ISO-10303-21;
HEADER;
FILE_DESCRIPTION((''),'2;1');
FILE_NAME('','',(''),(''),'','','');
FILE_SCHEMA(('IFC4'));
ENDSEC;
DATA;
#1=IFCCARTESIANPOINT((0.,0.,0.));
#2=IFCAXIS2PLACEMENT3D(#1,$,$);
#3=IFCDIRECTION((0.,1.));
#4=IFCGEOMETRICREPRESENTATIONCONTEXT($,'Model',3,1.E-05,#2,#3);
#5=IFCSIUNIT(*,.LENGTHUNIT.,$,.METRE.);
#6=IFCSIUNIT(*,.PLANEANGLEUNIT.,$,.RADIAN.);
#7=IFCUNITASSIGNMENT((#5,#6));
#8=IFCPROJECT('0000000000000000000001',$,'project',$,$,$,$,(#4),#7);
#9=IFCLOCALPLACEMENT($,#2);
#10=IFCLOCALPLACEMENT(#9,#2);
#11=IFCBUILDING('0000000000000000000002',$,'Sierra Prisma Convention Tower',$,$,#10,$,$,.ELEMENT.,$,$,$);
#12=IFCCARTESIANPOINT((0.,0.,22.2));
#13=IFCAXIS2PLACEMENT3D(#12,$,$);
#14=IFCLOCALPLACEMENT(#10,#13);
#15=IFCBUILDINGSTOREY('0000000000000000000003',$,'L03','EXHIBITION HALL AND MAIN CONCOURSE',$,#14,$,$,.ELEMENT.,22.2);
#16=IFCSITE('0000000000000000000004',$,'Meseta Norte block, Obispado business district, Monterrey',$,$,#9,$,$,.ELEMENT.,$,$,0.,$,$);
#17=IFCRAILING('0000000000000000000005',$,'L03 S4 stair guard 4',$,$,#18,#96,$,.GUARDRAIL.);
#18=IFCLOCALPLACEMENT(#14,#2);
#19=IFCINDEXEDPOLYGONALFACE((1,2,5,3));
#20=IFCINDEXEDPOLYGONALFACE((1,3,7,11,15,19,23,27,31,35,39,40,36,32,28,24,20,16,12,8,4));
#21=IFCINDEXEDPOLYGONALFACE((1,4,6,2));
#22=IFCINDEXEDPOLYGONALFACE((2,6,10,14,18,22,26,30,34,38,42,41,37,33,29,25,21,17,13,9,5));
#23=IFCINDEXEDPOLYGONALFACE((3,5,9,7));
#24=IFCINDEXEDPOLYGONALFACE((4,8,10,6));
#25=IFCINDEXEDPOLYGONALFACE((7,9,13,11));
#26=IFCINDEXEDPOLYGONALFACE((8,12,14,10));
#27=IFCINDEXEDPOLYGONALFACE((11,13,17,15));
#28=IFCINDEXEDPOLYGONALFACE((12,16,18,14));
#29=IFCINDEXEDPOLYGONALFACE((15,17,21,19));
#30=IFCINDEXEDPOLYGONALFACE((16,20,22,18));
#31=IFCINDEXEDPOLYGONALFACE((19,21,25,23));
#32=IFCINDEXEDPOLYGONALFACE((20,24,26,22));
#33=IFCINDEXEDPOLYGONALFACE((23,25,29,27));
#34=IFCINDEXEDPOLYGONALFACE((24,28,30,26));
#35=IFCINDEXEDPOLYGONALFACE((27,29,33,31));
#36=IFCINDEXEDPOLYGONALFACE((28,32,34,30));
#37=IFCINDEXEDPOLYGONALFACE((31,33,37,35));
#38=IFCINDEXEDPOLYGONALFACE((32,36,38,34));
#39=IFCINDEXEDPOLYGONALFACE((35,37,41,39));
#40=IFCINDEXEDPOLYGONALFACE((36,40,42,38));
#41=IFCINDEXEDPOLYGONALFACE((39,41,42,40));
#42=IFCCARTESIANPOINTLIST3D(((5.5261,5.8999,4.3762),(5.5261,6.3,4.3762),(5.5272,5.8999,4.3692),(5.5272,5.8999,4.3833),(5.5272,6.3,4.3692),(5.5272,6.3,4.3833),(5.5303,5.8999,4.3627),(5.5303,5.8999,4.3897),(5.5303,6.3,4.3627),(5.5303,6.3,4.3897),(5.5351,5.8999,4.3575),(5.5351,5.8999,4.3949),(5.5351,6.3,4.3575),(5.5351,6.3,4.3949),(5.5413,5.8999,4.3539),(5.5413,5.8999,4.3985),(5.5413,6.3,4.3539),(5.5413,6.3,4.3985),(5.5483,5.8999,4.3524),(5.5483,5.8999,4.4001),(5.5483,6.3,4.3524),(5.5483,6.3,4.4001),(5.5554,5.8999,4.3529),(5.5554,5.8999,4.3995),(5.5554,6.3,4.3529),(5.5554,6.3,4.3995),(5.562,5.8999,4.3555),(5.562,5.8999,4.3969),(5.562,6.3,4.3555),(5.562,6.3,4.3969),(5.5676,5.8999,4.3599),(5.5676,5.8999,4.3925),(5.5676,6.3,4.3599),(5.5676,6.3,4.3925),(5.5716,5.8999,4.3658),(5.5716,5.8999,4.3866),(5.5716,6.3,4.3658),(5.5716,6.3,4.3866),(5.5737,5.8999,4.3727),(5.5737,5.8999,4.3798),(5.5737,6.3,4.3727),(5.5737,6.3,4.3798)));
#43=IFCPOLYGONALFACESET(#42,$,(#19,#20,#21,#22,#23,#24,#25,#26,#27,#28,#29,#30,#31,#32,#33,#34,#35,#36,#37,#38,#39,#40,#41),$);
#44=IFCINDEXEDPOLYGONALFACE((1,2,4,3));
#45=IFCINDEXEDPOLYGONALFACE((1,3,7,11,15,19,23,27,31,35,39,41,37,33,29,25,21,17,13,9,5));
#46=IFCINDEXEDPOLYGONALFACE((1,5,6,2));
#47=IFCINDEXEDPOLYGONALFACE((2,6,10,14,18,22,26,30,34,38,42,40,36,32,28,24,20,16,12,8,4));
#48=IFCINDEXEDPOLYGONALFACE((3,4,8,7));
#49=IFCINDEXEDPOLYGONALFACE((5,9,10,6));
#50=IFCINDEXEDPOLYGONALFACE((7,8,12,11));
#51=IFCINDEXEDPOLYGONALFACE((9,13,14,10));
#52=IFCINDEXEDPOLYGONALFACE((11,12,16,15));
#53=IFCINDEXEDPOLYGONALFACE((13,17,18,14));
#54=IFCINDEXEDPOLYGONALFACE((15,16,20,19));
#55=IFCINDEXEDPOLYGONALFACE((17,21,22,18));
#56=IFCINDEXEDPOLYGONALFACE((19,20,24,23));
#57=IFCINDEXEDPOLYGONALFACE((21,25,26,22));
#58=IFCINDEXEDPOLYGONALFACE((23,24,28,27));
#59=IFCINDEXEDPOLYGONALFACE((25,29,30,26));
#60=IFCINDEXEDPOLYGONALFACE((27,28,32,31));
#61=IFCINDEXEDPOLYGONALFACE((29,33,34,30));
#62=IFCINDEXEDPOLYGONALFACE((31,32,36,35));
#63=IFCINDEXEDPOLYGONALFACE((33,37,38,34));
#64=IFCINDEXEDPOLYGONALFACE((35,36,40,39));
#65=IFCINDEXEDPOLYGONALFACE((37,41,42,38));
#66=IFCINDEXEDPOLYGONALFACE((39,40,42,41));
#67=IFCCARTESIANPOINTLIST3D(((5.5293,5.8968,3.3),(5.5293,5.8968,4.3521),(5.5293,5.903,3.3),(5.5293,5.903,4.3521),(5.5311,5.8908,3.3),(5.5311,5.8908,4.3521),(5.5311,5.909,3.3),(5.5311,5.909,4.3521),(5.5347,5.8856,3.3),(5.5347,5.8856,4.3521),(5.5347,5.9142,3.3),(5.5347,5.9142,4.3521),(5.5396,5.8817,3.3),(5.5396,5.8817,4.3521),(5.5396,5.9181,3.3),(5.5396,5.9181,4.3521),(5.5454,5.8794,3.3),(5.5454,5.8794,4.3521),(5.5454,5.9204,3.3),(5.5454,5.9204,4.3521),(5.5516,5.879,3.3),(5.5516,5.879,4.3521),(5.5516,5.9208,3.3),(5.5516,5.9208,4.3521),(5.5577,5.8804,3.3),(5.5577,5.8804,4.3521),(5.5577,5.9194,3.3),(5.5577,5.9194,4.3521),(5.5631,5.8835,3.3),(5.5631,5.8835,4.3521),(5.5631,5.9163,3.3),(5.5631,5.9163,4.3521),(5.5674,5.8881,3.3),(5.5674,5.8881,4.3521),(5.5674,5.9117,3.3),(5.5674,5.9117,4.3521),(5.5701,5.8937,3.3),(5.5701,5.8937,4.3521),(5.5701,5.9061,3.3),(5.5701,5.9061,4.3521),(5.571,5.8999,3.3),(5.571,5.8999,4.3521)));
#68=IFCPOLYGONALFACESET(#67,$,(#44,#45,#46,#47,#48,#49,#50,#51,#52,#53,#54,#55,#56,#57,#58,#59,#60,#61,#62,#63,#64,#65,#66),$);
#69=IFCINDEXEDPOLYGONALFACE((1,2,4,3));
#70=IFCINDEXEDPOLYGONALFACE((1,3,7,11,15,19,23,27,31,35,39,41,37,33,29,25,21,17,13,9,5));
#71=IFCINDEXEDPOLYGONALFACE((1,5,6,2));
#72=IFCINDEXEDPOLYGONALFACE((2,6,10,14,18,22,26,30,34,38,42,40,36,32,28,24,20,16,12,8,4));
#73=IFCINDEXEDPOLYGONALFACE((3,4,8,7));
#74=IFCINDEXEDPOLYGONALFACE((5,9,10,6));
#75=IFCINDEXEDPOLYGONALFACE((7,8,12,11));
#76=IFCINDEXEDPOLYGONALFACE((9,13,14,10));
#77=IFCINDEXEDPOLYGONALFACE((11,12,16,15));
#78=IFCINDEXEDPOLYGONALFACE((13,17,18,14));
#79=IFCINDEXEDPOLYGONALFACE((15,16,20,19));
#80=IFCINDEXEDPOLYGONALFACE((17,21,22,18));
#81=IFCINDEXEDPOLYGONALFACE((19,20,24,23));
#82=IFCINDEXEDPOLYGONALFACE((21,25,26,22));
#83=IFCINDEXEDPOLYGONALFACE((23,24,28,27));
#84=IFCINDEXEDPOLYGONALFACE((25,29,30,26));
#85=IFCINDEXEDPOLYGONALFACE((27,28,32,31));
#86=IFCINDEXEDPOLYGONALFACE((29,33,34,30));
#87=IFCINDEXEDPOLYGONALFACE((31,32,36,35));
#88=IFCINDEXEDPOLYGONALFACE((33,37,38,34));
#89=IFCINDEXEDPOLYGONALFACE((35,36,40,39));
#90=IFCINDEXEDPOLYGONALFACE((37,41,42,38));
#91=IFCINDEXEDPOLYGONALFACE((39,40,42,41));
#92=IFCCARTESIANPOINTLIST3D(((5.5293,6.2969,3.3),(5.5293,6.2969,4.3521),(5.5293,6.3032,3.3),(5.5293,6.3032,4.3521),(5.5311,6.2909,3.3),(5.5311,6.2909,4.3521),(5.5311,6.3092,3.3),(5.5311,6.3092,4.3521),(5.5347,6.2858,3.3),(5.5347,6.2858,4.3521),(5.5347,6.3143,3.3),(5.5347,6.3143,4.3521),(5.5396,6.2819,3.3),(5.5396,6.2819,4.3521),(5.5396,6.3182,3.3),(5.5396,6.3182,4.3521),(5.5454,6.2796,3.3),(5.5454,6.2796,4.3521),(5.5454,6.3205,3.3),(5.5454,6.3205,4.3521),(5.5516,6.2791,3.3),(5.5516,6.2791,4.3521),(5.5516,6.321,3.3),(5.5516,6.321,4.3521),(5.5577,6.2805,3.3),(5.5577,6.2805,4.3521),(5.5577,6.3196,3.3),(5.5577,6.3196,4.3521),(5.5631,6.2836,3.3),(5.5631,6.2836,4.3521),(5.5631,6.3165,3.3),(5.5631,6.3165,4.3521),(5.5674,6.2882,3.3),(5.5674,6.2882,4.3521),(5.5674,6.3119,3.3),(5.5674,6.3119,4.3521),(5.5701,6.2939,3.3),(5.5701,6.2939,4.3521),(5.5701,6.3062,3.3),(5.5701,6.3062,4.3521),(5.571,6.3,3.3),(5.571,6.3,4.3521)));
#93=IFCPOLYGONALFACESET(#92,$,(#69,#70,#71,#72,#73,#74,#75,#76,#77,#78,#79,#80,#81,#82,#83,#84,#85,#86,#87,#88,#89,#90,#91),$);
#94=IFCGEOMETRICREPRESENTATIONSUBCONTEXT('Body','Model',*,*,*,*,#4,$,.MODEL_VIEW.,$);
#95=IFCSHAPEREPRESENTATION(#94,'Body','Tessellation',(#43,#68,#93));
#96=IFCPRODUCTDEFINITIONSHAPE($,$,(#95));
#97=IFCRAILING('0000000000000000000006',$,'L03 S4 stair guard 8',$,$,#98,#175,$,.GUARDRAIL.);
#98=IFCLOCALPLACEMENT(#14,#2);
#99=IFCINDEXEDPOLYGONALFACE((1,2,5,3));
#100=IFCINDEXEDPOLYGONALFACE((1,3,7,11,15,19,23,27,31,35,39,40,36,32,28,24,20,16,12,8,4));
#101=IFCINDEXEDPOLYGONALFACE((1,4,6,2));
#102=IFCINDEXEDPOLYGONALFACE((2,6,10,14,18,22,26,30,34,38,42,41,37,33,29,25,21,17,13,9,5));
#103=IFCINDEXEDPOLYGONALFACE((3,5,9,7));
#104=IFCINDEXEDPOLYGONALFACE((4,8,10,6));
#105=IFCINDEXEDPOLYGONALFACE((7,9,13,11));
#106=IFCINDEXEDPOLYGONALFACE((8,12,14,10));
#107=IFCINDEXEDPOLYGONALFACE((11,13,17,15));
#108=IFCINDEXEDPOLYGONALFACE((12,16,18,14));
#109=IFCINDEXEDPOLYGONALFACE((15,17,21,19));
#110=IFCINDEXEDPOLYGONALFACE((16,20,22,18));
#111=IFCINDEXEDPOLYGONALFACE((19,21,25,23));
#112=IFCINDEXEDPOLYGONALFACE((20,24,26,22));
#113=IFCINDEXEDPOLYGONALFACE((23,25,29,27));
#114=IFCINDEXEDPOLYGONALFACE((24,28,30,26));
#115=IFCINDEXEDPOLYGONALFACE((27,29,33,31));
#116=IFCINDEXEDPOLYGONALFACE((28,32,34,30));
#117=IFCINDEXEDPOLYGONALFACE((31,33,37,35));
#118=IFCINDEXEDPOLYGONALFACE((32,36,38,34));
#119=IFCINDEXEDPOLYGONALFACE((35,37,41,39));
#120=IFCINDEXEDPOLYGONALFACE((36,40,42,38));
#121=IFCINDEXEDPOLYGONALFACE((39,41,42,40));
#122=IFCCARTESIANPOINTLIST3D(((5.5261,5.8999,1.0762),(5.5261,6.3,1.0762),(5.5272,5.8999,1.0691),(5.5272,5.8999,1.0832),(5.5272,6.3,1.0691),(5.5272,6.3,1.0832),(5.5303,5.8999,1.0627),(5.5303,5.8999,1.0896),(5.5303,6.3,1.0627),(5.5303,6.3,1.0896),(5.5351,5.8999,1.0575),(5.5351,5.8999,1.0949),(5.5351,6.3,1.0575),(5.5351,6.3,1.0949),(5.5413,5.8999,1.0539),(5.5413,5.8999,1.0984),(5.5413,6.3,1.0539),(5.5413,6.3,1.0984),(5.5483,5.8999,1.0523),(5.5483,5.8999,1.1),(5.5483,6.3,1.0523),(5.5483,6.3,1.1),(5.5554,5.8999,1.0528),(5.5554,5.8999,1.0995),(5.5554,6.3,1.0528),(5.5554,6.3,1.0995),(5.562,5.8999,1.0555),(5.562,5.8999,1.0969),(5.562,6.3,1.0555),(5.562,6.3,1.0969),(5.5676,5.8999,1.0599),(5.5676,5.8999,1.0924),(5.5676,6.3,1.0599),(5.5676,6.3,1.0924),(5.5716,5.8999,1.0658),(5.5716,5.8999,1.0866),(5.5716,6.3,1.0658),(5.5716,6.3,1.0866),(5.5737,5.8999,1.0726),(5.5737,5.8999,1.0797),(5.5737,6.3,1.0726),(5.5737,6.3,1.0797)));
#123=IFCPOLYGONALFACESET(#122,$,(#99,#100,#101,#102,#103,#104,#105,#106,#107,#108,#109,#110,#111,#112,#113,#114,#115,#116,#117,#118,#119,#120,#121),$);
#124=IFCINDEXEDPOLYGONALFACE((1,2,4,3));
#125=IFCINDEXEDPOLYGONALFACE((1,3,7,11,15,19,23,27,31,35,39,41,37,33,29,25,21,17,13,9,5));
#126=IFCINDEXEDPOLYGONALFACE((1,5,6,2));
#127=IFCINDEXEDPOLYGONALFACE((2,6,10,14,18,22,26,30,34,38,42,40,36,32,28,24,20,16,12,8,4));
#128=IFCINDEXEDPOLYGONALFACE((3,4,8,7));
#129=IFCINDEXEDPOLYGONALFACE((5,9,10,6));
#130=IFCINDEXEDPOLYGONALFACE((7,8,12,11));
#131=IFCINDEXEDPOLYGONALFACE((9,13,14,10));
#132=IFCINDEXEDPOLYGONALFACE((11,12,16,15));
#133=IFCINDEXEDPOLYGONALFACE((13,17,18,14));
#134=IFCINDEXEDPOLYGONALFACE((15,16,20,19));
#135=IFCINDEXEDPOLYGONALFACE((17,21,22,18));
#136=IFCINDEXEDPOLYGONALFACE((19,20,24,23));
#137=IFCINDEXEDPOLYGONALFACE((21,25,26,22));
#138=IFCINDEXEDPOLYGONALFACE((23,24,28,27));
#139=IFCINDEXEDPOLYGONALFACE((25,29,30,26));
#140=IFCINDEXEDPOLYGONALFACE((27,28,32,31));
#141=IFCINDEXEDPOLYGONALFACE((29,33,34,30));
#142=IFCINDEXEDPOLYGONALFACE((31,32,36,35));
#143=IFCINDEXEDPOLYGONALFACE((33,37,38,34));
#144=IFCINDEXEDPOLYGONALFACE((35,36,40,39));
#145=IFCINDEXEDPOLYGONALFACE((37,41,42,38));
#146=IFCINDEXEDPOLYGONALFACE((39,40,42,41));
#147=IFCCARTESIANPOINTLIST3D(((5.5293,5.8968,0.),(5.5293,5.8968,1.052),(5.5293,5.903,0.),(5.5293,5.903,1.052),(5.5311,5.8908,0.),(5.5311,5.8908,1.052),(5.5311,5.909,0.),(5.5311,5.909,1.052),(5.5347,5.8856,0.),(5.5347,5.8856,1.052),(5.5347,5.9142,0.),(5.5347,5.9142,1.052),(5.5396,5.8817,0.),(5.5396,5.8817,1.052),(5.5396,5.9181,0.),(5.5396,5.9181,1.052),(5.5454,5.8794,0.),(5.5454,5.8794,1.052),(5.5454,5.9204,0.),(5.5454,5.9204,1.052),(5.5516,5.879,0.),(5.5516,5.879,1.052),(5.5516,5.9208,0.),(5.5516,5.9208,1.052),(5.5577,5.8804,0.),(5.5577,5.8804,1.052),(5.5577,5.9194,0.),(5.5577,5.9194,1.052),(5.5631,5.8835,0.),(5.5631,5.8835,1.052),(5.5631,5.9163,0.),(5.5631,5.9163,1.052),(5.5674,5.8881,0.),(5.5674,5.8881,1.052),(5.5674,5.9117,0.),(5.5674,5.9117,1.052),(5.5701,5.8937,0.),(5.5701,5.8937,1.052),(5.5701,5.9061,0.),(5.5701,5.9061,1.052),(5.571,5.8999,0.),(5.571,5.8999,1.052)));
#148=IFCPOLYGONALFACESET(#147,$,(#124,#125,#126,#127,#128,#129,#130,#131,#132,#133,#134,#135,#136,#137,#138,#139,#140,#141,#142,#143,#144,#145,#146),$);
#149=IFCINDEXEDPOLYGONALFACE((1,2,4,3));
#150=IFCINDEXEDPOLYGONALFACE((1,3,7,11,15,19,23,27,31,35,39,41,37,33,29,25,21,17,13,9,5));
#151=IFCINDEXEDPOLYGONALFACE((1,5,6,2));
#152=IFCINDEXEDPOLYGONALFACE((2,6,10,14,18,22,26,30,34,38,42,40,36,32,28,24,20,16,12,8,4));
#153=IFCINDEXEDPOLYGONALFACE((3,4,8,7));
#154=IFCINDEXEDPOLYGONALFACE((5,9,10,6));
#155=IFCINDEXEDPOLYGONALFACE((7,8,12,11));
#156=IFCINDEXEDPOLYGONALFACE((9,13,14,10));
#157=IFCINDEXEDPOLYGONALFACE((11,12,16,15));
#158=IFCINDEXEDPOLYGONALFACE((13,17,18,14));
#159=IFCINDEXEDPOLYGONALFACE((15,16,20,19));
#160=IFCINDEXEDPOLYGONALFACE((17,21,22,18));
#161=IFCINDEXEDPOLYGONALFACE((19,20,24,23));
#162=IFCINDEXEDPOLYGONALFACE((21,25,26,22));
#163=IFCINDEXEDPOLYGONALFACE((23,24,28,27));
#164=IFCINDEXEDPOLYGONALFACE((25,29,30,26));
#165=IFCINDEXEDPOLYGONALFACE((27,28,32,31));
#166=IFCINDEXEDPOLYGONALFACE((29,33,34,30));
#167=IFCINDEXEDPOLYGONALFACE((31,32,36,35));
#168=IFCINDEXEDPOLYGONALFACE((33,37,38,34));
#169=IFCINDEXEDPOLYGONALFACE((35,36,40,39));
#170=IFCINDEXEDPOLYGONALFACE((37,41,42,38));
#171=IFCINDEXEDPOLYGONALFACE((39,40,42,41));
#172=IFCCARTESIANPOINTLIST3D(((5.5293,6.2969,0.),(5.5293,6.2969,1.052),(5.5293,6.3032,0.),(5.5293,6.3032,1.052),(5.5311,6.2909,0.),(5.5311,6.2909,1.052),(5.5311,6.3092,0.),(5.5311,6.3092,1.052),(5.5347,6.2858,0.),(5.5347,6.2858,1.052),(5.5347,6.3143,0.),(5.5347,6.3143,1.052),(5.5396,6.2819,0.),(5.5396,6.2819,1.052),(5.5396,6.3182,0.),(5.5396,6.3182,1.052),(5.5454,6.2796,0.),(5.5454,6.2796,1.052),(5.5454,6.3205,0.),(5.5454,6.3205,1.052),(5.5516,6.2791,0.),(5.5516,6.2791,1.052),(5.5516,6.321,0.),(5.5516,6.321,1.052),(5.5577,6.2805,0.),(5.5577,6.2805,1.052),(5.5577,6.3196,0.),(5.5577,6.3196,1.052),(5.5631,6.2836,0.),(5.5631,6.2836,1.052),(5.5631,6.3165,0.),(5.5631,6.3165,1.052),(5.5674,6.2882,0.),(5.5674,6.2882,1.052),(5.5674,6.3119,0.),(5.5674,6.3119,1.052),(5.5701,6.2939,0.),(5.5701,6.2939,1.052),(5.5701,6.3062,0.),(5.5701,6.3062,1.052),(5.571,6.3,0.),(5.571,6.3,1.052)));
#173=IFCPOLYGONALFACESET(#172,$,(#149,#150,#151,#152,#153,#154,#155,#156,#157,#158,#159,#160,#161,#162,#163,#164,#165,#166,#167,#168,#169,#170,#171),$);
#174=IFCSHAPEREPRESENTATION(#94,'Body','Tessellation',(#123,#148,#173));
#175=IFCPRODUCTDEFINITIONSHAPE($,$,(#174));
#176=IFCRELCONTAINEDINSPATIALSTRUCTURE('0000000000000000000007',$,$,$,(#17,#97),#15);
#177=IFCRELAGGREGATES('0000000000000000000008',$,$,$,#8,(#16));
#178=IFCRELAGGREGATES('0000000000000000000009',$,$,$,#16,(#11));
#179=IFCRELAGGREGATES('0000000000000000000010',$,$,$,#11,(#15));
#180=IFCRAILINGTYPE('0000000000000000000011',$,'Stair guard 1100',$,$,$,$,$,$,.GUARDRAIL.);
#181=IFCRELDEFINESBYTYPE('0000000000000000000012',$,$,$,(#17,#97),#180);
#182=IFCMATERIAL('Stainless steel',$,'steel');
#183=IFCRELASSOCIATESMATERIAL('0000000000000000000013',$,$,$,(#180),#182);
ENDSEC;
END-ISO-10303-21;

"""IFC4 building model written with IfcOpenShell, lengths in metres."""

from ifc_helpers import new_model, si_unit, direction, frame, origin, origin_2d, place, context, subcontext, project, spatial, circle, extrude, material, type_object, element, save


model = new_model("IFC4")

# Units and contexts
model_context = context("Model", 3, precision=1e-05, world=origin(), true_north=direction((0.0, 1.0)))
body_context = subcontext(model_context, "Body", "Model", "MODEL_VIEW")
ifc_project = project(units=[si_unit("LENGTHUNIT", "METRE"), si_unit("PLANEANGLEUNIT", "RADIAN")], contexts=[model_context])

# Site, building, storey
site_placement = place(None, origin())
site = spatial("IfcSite", under=ifc_project, at=site_placement, Name="Meseta Norte block, Obispado business district, Monterrey", CompositionType="ELEMENT", RefElevation=0.0)
building_placement = place(site_placement, origin())
building = spatial("IfcBuilding", under=site, at=building_placement, Name="Sierra Prisma Convention Tower", CompositionType="ELEMENT")
storey_placement = place(building_placement, frame((0.0, 0.0, 22.2)))
storey = spatial("IfcBuildingStorey", under=building, at=storey_placement, Name="L03", Description="EXHIBITION HALL AND MAIN CONCOURSE", CompositionType="ELEMENT", Elevation=22.2)

# Railings
ifc_material_1 = material(Name="Stainless steel", Category="steel")
railing_type_1 = type_object("IfcRailingType", Name="Stair guard 1100", PredefinedType="GUARDRAIL", material=ifc_material_1)
for number, where, name in (
    (1, (5.55, 5.8999, 3.3), "L03 S4 stair guard 4"),
    (2, (5.55, 5.8999, 0.0), "L03 S4 stair guard 8"),
):
    element("IfcRailing", number, at=place(storey_placement, frame(where)), inside=storey, type_object=railing_type_1, Name=name, PredefinedType="GUARDRAIL", context=body_context, shape_type="SweptSolid", body=[
        extrude(circle(Radius=0.0239, at=origin_2d()), frame((0.0, 0.0, 1.0762), z_axis=(0.0, 1.0, 0.0), x_axis=(-1.0, 0.0, 0.0)), (0.0, 0.0, 1.0), 0.4001),
        extrude(circle(Radius=0.021, at=origin_2d()), origin(), (0.0, 0.0, 1.0), 1.052),
        extrude(circle(Radius=0.021, at=origin_2d()), frame((0.0, 0.4001, 0.0)), (0.0, 0.0, 1.0), 1.052),
    ])

save(model, "model.ifc")
